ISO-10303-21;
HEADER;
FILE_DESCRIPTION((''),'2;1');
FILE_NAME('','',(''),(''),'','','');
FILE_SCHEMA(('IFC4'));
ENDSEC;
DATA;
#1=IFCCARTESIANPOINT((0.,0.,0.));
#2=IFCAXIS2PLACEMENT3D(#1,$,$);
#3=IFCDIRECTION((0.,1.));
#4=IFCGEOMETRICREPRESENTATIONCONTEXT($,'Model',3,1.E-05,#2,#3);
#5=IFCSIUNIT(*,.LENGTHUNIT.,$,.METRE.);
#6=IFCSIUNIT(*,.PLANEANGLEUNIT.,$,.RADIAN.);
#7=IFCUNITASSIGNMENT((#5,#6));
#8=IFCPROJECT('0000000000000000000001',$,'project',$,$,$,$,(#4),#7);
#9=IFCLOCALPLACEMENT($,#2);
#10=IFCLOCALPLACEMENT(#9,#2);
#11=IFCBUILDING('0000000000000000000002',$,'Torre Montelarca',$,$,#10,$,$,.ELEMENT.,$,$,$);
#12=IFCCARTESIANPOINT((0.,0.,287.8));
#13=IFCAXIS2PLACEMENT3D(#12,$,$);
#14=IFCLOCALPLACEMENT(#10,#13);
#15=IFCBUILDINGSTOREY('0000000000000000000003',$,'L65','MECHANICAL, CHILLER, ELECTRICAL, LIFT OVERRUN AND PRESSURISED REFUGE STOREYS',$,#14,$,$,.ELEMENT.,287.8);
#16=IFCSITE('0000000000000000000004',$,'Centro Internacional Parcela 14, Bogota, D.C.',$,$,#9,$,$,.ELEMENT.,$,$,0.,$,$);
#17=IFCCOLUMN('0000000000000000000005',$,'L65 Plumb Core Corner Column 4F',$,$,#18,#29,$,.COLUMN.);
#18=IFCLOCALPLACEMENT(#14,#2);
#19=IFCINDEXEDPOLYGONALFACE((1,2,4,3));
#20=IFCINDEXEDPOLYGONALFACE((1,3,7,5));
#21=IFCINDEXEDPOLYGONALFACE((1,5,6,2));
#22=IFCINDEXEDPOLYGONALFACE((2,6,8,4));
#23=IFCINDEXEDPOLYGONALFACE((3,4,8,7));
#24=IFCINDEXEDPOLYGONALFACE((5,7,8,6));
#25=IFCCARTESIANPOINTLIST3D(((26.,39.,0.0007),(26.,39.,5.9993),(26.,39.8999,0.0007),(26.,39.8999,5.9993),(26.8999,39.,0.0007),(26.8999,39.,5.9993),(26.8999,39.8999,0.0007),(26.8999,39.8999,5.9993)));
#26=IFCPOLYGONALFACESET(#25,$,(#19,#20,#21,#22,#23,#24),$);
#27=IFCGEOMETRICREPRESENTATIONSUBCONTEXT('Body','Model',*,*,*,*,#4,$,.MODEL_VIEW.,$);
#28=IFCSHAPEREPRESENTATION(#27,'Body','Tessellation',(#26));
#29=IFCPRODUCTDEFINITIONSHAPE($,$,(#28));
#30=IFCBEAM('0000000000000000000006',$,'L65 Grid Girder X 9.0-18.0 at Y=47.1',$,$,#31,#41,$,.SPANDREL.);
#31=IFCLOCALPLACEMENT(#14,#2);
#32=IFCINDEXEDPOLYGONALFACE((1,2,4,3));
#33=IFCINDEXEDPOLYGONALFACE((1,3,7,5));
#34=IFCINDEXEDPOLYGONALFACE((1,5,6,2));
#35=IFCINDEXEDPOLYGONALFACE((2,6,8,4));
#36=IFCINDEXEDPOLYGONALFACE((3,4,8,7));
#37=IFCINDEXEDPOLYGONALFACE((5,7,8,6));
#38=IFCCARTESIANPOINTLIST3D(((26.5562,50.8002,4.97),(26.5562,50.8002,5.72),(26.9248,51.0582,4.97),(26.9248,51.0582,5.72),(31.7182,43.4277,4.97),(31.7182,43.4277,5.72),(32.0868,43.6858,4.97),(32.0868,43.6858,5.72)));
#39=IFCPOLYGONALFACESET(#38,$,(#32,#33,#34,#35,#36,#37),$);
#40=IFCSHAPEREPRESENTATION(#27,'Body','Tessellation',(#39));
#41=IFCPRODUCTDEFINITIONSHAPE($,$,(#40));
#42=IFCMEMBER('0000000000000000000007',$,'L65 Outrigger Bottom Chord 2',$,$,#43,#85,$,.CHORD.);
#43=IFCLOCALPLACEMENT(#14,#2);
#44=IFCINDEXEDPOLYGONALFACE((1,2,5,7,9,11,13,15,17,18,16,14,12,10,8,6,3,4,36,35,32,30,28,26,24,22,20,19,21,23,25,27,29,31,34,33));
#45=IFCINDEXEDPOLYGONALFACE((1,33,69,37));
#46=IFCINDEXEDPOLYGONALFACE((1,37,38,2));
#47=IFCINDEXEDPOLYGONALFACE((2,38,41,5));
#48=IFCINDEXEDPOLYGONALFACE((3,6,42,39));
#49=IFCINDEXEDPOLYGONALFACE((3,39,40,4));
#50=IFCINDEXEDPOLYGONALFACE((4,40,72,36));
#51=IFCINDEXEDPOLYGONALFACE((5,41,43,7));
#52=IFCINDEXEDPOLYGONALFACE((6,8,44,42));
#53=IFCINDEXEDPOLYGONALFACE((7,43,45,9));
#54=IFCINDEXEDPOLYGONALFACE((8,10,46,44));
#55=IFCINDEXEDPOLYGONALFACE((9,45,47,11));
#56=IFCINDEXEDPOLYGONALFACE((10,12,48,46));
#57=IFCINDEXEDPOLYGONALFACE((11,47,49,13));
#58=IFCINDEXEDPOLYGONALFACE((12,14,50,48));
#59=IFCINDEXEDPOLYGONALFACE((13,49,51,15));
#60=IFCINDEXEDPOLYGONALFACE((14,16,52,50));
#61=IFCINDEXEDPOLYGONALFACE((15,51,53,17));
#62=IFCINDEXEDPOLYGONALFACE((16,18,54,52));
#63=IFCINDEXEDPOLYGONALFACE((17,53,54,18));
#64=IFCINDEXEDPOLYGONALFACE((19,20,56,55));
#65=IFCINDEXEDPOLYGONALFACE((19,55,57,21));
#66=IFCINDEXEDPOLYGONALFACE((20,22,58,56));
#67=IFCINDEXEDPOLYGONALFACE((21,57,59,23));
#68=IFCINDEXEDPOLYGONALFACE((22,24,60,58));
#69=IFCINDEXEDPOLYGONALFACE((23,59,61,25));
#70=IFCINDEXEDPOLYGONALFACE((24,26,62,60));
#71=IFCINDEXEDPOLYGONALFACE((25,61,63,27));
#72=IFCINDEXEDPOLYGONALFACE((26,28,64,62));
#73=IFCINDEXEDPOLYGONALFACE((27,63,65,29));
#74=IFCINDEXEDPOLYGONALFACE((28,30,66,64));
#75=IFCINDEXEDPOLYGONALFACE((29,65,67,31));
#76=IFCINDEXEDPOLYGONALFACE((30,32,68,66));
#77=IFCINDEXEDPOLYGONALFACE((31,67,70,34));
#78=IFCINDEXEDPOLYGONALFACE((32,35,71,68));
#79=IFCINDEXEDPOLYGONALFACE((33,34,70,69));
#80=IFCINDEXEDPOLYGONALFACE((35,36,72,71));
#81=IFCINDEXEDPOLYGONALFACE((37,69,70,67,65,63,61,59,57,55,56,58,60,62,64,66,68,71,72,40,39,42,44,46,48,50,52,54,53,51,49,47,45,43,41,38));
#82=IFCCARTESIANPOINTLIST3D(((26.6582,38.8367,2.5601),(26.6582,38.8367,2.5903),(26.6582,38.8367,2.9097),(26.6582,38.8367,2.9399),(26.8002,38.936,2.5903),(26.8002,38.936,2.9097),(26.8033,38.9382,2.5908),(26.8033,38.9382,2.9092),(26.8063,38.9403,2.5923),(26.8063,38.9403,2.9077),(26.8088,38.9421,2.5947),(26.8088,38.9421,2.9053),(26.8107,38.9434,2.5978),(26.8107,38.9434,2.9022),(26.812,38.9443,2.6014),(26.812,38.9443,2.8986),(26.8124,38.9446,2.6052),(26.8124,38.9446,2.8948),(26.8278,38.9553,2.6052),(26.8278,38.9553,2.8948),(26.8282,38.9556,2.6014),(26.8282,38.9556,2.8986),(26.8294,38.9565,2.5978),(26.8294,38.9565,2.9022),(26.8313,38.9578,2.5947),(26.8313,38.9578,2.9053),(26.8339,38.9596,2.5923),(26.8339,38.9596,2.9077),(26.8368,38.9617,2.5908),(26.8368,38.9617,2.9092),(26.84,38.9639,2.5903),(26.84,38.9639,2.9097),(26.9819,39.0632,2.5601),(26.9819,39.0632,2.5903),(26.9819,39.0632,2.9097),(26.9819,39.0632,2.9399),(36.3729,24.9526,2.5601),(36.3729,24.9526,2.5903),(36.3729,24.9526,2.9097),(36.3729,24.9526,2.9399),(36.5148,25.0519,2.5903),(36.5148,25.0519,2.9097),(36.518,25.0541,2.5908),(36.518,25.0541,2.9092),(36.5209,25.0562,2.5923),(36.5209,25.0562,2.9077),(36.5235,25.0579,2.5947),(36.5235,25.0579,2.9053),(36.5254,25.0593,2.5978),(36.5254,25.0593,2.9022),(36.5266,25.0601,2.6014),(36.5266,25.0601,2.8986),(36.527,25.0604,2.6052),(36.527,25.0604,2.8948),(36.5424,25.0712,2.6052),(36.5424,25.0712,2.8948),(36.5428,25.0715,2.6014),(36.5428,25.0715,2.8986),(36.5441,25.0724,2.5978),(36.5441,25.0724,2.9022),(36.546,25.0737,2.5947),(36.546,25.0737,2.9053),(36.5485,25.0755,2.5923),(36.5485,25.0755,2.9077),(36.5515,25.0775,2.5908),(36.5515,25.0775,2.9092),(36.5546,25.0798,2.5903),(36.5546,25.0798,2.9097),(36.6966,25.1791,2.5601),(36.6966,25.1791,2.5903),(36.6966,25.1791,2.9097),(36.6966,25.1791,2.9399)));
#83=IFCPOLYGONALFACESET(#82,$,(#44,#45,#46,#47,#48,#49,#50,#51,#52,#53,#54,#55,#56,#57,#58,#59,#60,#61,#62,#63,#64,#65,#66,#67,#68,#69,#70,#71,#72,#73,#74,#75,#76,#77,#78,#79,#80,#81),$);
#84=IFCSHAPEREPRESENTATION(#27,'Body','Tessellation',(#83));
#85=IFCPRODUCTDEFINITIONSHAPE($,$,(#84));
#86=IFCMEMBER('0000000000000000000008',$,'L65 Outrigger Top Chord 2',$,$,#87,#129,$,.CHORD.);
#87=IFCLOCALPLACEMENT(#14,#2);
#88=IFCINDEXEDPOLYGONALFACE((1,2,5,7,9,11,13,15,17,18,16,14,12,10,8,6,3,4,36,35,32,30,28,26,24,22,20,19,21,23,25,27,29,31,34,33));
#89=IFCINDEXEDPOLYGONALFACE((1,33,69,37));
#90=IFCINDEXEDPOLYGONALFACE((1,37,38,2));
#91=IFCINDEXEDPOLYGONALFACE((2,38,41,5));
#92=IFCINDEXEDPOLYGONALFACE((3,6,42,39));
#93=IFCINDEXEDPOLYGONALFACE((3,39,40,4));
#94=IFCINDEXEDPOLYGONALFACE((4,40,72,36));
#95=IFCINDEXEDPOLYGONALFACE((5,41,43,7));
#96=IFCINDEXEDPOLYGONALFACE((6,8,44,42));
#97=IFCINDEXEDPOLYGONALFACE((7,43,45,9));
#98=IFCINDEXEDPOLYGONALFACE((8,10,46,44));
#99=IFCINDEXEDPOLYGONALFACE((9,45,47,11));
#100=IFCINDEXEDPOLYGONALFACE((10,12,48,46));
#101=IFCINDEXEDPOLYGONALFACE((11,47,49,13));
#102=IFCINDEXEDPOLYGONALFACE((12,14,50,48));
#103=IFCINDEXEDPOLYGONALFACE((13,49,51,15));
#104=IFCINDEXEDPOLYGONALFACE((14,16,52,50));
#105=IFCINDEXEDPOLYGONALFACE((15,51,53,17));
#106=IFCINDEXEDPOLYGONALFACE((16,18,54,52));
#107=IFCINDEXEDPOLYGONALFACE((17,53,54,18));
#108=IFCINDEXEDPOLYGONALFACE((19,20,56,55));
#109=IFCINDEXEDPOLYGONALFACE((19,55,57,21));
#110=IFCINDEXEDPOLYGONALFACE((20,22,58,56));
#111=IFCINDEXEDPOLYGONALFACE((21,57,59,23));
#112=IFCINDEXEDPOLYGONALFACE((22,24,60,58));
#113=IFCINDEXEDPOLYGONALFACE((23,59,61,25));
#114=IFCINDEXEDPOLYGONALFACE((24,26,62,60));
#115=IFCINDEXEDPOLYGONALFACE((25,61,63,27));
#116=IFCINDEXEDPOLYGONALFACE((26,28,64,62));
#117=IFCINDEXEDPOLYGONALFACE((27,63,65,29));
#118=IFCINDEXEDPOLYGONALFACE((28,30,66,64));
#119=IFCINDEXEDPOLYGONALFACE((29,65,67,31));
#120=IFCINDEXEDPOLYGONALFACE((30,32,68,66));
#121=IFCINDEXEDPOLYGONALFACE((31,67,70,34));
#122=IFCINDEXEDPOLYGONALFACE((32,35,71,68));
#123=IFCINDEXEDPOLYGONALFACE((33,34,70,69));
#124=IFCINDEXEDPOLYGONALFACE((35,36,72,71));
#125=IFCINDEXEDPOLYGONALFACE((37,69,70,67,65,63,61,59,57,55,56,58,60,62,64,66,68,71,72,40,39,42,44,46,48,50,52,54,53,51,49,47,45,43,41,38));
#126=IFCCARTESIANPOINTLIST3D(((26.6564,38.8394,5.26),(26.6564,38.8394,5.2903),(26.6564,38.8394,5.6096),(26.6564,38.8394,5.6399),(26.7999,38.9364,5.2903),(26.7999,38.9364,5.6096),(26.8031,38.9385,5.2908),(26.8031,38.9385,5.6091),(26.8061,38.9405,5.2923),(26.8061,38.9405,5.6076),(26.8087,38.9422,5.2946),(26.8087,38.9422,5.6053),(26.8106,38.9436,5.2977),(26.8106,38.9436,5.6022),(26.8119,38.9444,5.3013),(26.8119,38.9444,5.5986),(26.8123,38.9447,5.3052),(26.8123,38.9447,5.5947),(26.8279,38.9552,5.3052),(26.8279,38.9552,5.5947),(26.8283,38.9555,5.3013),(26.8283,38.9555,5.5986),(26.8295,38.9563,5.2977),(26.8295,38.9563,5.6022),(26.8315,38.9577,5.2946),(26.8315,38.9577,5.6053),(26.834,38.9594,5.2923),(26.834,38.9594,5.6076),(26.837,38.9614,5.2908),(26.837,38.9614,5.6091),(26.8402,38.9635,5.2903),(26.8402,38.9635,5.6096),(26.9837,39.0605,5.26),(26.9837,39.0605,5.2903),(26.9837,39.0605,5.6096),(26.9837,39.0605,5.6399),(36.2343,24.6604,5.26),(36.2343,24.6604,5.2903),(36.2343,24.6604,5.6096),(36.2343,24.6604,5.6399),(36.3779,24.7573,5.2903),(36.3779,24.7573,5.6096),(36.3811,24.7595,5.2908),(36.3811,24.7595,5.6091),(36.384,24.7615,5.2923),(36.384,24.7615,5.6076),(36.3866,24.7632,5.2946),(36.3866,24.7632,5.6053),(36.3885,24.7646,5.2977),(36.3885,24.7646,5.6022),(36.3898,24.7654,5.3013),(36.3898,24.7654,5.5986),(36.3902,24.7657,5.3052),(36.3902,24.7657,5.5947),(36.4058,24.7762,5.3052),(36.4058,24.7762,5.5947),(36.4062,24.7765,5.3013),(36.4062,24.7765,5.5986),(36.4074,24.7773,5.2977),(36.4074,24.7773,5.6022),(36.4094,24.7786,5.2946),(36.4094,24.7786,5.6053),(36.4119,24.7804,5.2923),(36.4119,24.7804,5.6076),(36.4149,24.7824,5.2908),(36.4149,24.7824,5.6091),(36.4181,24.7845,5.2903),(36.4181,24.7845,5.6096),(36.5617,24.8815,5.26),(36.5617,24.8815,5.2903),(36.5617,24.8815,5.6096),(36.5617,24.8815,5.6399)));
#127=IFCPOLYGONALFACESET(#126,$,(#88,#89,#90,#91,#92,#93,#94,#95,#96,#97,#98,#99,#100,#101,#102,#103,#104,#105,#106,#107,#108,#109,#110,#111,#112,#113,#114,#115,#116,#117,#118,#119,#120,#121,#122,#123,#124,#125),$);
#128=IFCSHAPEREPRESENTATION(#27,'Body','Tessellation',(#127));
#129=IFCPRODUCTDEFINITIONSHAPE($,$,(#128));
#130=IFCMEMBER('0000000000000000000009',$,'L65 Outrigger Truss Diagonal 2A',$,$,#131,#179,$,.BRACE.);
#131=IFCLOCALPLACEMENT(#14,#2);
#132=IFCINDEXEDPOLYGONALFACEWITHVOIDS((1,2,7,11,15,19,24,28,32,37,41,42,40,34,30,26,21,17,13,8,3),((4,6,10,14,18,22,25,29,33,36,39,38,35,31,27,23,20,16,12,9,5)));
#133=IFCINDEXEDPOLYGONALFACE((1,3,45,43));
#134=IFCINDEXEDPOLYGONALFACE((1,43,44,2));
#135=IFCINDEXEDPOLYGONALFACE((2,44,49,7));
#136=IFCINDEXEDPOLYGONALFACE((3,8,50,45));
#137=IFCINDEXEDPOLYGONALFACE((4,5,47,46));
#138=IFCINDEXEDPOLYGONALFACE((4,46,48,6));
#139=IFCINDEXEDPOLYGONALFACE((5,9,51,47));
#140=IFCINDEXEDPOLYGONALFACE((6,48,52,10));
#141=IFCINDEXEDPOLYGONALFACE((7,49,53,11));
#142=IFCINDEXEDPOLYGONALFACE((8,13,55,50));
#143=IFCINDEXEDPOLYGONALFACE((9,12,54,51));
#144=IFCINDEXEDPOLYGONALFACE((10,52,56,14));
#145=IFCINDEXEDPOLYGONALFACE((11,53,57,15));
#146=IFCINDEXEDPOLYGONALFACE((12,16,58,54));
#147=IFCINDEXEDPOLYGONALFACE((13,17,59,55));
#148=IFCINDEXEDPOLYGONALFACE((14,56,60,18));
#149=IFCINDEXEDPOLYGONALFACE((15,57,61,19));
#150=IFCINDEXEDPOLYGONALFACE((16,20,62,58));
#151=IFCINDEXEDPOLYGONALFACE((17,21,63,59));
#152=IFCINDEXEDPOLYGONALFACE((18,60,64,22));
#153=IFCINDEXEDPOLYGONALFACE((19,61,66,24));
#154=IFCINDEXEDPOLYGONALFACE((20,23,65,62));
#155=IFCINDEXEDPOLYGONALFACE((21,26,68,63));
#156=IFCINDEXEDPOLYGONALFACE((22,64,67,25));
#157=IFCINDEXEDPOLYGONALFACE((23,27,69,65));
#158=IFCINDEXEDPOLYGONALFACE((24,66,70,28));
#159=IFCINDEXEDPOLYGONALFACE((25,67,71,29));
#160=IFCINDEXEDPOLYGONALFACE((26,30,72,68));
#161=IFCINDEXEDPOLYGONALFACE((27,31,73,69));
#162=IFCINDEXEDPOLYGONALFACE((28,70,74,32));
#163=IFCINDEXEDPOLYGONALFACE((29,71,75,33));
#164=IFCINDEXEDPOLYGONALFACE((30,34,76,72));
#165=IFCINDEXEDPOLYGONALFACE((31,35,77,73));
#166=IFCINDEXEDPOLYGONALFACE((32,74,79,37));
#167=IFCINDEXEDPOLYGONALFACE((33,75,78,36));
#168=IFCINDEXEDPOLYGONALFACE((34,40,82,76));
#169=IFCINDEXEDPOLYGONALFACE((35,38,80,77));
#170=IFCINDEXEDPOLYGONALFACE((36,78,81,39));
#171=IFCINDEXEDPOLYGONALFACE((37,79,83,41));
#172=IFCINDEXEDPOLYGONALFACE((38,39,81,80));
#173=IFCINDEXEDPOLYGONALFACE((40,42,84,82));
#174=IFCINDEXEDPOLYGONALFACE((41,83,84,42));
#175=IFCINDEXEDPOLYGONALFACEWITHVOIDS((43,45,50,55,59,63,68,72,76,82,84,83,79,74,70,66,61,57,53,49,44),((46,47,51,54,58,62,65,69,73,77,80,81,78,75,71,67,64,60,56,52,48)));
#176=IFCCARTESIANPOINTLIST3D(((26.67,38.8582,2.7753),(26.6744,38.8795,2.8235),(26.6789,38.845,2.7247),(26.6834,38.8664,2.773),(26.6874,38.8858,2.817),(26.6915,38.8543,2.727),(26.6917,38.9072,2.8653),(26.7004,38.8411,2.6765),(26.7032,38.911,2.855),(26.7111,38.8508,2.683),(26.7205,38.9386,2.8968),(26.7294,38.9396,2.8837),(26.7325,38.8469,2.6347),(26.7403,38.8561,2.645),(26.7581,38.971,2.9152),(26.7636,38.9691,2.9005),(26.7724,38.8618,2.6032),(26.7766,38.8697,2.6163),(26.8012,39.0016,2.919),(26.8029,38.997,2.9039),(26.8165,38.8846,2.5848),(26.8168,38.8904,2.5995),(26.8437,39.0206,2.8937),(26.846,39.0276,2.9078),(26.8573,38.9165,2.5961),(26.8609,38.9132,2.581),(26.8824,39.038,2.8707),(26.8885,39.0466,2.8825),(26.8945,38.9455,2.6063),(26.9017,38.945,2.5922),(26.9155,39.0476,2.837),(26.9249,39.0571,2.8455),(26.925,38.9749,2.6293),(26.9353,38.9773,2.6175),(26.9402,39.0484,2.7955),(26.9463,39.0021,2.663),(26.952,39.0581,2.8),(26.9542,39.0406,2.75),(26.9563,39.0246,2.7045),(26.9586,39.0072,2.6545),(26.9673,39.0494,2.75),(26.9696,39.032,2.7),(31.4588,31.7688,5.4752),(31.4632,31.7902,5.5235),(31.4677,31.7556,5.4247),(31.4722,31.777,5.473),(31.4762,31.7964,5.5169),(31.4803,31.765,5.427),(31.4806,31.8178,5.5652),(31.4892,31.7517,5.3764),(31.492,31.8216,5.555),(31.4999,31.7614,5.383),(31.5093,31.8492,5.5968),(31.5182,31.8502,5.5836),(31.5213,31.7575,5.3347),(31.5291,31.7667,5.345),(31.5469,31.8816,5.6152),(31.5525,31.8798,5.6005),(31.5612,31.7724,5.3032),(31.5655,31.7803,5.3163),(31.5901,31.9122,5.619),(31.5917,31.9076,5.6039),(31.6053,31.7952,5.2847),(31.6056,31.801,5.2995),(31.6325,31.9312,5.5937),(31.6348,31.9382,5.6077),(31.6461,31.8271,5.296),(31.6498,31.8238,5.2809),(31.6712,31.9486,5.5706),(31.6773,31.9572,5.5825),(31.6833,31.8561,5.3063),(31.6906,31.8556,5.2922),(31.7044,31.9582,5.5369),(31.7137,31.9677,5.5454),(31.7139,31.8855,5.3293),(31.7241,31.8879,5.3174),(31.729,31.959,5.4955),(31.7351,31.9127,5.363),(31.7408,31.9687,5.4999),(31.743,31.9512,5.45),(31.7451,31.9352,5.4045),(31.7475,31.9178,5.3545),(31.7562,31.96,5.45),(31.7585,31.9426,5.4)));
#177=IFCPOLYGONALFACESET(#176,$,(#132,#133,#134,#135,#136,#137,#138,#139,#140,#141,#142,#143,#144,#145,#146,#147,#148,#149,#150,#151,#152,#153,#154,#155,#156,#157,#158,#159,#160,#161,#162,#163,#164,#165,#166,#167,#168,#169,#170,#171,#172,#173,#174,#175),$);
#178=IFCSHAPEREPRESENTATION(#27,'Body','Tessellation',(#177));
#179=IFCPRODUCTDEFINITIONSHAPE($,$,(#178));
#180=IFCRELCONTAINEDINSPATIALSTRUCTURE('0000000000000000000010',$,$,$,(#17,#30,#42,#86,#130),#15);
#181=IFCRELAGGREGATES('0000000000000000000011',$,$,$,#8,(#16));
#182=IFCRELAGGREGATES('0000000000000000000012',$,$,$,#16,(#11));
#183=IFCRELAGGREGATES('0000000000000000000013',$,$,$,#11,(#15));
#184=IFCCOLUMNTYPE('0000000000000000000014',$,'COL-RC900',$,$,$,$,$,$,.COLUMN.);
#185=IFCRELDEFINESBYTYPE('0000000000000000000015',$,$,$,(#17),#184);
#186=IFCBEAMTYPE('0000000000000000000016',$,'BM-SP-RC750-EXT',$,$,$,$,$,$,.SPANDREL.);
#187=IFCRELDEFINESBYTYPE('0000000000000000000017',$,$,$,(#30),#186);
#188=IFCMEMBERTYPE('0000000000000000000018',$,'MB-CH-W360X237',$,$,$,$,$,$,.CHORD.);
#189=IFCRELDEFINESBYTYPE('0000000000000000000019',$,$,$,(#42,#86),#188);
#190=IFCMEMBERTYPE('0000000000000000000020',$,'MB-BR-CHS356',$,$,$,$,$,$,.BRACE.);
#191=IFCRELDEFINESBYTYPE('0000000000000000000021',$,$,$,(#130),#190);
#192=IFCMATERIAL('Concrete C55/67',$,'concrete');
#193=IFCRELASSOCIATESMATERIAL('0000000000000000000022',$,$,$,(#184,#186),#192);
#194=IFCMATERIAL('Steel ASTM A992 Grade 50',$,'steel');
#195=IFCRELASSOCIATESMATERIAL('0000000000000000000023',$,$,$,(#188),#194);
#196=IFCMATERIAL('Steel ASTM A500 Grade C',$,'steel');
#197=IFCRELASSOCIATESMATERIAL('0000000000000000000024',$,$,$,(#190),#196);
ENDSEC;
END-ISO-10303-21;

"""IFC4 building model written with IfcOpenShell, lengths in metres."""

from ifc_helpers import new_model, si_unit, direction, frame, origin, origin_2d, place, context, subcontext, project, spatial, rectangle, hollow_circle, i_section, extrude, source, transform, mapped, material, material_profile, profile_set, type_object, element, save


model = new_model("IFC4")

# Units and contexts
model_context = context("Model", 3, precision=1e-05, world=origin(), true_north=direction((0.0, 1.0)))
body_context = subcontext(model_context, "Body", "Model", "MODEL_VIEW")
ifc_project = project(units=[si_unit("LENGTHUNIT", "METRE"), si_unit("PLANEANGLEUNIT", "RADIAN")], contexts=[model_context])

# Site, building, storey
site_placement = place(None, origin())
site = spatial("IfcSite", under=ifc_project, at=site_placement, Name="Centro Internacional Parcela 14, Bogota, D.C.", CompositionType="ELEMENT", RefElevation=0.0)
building_placement = place(site_placement, origin())
building = spatial("IfcBuilding", under=site, at=building_placement, Name="Torre Montelarca", CompositionType="ELEMENT")
storey_placement = place(building_placement, frame((0.0, 0.0, 287.8)))
storey = spatial("IfcBuildingStorey", under=building, at=storey_placement, Name="L65", Description="MECHANICAL, CHILLER, ELECTRICAL, LIFT OVERRUN AND PRESSURISED REFUGE STOREYS", CompositionType="ELEMENT", Elevation=287.8)

# Column
ifc_material_1 = material(Name="Concrete C55/67", Category="concrete")
ifc_material_profile_1 = material_profile(ifc_material_1, rectangle(XDim=0.8999, YDim=0.8999, at=origin_2d()), Name="RC900X900", Category="concrete")
ifc_profile_set_1 = profile_set([ifc_material_profile_1], Name="Concrete C55/67")
column_type_1 = type_object("IfcColumnType", Name="COL-RC900", PredefinedType="COLUMN", material=ifc_profile_set_1)
shared_shape_1 = source(origin(), body_context, "Body", "SweptSolid", [
    extrude(rectangle(XDim=0.8999, YDim=0.8999, at=origin_2d()), origin(), (0.0, 0.0, 1.0), 5.9985),
])
column_1_placement = place(storey_placement, frame((26.45, 39.45, 0.0007), z_axis=(0.0, 0.0, 1.0), x_axis=(1.0, 0.0, 0.0)))
element("IfcColumn", 1, at=column_1_placement, inside=storey, type_object=column_type_1, Name="L65 Plumb Core Corner Column 4F", PredefinedType="COLUMN", context=body_context, shape_type="MappedRepresentation", body=[
    mapped(shared_shape_1, transform((0.0, 0.0, 0.0), scale=1.0)),
])

# Beam
ifc_material_profile_2 = material_profile(ifc_material_1, rectangle(XDim=0.45, YDim=0.75, at=origin_2d()), Name="RCB450X750", Category="concrete")
ifc_profile_set_2 = profile_set([ifc_material_profile_2], Name="Concrete C55/67")
beam_type = type_object("IfcBeamType", Name="BM-SP-RC750-EXT", PredefinedType="SPANDREL", material=ifc_profile_set_2)
shared_shape_2 = source(origin(), body_context, "Body", "SweptSolid", [
    extrude(rectangle(XDim=0.45, YDim=0.75, at=origin_2d()), origin(), (0.0, 0.0, 1.0), 9.0),
])
beam_placement = place(storey_placement, frame((26.7405, 50.9292, 5.345), z_axis=(0.573561, -0.819163, 0.0), x_axis=(0.819163, 0.573561, 0.0)))
element("IfcBeam", 2, at=beam_placement, inside=storey, type_object=beam_type, Name="L65 Grid Girder X 9.0-18.0 at Y=47.1", PredefinedType="SPANDREL", context=body_context, shape_type="MappedRepresentation", body=[
    mapped(shared_shape_2, transform((0.0, 0.0, 0.0), scale=1.0)),
])

# Members
ifc_material_2 = material(Name="Steel ASTM A992 Grade 50", Category="steel")
ifc_material_profile_3 = material_profile(ifc_material_2, i_section(OverallWidth=0.395, OverallDepth=0.3799, WebThickness=0.0188, FlangeThickness=0.0303, FilletRadius=0.0149, at=origin_2d()), Name="W360X237", Category="steel")
ifc_profile_set_3 = profile_set([ifc_material_profile_3], Name="Steel ASTM A992 Grade 50")
member_type_1 = type_object("IfcMemberType", Name="MB-CH-W360X237", PredefinedType="CHORD", material=ifc_profile_set_3)
shared_shape_3 = source(origin(), body_context, "Body", "SweptSolid", [
    extrude(i_section(OverallWidth=0.395, OverallDepth=0.3799, WebThickness=0.0188, FlangeThickness=0.0303, FilletRadius=0.0149, at=origin_2d()), origin(), (0.0, 0.0, 1.0), 16.9453),
])
member_1_placement = place(storey_placement, frame((26.8201, 38.95, 2.75), z_axis=(0.573295, -0.819349, 0.0), x_axis=(0.819349, 0.573295, 0.0)))
element("IfcMember", 3, at=member_1_placement, inside=storey, type_object=member_type_1, Name="L65 Outrigger Bottom Chord 2", PredefinedType="CHORD", context=body_context, shape_type="MappedRepresentation", body=[
    mapped(shared_shape_3, transform((0.0, 0.0, 0.0), scale=1.0)),
])
shared_shape_4 = source(origin(), body_context, "Body", "SweptSolid", [
    extrude(i_section(OverallWidth=0.395, OverallDepth=0.3799, WebThickness=0.0188, FlangeThickness=0.0303, FilletRadius=0.0149, at=origin_2d()), origin(), (0.0, 0.0, 1.0), 17.1108),
])
member_2_placement = place(storey_placement, frame((26.8201, 38.95, 5.45), z_axis=(0.559757, -0.828657, 0.0), x_axis=(0.828657, 0.559757, 0.0)))
element("IfcMember", 4, at=member_2_placement, inside=storey, type_object=member_type_1, Name="L65 Outrigger Top Chord 2", PredefinedType="CHORD", context=body_context, shape_type="MappedRepresentation", body=[
    mapped(shared_shape_4, transform((0.0, 0.0, 0.0), scale=1.0)),
])
ifc_material_3 = material(Name="Steel ASTM A500 Grade C", Category="steel")
ifc_material_profile_4 = material_profile(ifc_material_3, hollow_circle(Radius=0.1777, WallThickness=0.0159, at=origin_2d()), Name="HSS355.6X15.9", Category="steel")
ifc_profile_set_4 = profile_set([ifc_material_profile_4], Name="Steel ASTM A500 Grade C")
member_type_2 = type_object("IfcMemberType", Name="MB-BR-CHS356", PredefinedType="BRACE", material=ifc_profile_set_4)
shared_shape_5 = source(origin(), body_context, "Body", "SweptSolid", [
    extrude(hollow_circle(Radius=0.1777, WallThickness=0.0159, at=origin_2d()), origin(), (0.0, 0.0, 1.0), 8.9712),
])
member_3_placement = place(storey_placement, frame((26.8201, 38.95, 2.75), z_axis=(0.533802, -0.79024, 0.300959), x_axis=(0.828659, 0.559754, 0.0)))
element("IfcMember", 5, at=member_3_placement, inside=storey, type_object=member_type_2, Name="L65 Outrigger Truss Diagonal 2A", PredefinedType="BRACE", context=body_context, shape_type="MappedRepresentation", body=[
    mapped(shared_shape_5, transform((0.0, 0.0, 0.0), scale=1.0)),
])

save(model, "model.ifc")
